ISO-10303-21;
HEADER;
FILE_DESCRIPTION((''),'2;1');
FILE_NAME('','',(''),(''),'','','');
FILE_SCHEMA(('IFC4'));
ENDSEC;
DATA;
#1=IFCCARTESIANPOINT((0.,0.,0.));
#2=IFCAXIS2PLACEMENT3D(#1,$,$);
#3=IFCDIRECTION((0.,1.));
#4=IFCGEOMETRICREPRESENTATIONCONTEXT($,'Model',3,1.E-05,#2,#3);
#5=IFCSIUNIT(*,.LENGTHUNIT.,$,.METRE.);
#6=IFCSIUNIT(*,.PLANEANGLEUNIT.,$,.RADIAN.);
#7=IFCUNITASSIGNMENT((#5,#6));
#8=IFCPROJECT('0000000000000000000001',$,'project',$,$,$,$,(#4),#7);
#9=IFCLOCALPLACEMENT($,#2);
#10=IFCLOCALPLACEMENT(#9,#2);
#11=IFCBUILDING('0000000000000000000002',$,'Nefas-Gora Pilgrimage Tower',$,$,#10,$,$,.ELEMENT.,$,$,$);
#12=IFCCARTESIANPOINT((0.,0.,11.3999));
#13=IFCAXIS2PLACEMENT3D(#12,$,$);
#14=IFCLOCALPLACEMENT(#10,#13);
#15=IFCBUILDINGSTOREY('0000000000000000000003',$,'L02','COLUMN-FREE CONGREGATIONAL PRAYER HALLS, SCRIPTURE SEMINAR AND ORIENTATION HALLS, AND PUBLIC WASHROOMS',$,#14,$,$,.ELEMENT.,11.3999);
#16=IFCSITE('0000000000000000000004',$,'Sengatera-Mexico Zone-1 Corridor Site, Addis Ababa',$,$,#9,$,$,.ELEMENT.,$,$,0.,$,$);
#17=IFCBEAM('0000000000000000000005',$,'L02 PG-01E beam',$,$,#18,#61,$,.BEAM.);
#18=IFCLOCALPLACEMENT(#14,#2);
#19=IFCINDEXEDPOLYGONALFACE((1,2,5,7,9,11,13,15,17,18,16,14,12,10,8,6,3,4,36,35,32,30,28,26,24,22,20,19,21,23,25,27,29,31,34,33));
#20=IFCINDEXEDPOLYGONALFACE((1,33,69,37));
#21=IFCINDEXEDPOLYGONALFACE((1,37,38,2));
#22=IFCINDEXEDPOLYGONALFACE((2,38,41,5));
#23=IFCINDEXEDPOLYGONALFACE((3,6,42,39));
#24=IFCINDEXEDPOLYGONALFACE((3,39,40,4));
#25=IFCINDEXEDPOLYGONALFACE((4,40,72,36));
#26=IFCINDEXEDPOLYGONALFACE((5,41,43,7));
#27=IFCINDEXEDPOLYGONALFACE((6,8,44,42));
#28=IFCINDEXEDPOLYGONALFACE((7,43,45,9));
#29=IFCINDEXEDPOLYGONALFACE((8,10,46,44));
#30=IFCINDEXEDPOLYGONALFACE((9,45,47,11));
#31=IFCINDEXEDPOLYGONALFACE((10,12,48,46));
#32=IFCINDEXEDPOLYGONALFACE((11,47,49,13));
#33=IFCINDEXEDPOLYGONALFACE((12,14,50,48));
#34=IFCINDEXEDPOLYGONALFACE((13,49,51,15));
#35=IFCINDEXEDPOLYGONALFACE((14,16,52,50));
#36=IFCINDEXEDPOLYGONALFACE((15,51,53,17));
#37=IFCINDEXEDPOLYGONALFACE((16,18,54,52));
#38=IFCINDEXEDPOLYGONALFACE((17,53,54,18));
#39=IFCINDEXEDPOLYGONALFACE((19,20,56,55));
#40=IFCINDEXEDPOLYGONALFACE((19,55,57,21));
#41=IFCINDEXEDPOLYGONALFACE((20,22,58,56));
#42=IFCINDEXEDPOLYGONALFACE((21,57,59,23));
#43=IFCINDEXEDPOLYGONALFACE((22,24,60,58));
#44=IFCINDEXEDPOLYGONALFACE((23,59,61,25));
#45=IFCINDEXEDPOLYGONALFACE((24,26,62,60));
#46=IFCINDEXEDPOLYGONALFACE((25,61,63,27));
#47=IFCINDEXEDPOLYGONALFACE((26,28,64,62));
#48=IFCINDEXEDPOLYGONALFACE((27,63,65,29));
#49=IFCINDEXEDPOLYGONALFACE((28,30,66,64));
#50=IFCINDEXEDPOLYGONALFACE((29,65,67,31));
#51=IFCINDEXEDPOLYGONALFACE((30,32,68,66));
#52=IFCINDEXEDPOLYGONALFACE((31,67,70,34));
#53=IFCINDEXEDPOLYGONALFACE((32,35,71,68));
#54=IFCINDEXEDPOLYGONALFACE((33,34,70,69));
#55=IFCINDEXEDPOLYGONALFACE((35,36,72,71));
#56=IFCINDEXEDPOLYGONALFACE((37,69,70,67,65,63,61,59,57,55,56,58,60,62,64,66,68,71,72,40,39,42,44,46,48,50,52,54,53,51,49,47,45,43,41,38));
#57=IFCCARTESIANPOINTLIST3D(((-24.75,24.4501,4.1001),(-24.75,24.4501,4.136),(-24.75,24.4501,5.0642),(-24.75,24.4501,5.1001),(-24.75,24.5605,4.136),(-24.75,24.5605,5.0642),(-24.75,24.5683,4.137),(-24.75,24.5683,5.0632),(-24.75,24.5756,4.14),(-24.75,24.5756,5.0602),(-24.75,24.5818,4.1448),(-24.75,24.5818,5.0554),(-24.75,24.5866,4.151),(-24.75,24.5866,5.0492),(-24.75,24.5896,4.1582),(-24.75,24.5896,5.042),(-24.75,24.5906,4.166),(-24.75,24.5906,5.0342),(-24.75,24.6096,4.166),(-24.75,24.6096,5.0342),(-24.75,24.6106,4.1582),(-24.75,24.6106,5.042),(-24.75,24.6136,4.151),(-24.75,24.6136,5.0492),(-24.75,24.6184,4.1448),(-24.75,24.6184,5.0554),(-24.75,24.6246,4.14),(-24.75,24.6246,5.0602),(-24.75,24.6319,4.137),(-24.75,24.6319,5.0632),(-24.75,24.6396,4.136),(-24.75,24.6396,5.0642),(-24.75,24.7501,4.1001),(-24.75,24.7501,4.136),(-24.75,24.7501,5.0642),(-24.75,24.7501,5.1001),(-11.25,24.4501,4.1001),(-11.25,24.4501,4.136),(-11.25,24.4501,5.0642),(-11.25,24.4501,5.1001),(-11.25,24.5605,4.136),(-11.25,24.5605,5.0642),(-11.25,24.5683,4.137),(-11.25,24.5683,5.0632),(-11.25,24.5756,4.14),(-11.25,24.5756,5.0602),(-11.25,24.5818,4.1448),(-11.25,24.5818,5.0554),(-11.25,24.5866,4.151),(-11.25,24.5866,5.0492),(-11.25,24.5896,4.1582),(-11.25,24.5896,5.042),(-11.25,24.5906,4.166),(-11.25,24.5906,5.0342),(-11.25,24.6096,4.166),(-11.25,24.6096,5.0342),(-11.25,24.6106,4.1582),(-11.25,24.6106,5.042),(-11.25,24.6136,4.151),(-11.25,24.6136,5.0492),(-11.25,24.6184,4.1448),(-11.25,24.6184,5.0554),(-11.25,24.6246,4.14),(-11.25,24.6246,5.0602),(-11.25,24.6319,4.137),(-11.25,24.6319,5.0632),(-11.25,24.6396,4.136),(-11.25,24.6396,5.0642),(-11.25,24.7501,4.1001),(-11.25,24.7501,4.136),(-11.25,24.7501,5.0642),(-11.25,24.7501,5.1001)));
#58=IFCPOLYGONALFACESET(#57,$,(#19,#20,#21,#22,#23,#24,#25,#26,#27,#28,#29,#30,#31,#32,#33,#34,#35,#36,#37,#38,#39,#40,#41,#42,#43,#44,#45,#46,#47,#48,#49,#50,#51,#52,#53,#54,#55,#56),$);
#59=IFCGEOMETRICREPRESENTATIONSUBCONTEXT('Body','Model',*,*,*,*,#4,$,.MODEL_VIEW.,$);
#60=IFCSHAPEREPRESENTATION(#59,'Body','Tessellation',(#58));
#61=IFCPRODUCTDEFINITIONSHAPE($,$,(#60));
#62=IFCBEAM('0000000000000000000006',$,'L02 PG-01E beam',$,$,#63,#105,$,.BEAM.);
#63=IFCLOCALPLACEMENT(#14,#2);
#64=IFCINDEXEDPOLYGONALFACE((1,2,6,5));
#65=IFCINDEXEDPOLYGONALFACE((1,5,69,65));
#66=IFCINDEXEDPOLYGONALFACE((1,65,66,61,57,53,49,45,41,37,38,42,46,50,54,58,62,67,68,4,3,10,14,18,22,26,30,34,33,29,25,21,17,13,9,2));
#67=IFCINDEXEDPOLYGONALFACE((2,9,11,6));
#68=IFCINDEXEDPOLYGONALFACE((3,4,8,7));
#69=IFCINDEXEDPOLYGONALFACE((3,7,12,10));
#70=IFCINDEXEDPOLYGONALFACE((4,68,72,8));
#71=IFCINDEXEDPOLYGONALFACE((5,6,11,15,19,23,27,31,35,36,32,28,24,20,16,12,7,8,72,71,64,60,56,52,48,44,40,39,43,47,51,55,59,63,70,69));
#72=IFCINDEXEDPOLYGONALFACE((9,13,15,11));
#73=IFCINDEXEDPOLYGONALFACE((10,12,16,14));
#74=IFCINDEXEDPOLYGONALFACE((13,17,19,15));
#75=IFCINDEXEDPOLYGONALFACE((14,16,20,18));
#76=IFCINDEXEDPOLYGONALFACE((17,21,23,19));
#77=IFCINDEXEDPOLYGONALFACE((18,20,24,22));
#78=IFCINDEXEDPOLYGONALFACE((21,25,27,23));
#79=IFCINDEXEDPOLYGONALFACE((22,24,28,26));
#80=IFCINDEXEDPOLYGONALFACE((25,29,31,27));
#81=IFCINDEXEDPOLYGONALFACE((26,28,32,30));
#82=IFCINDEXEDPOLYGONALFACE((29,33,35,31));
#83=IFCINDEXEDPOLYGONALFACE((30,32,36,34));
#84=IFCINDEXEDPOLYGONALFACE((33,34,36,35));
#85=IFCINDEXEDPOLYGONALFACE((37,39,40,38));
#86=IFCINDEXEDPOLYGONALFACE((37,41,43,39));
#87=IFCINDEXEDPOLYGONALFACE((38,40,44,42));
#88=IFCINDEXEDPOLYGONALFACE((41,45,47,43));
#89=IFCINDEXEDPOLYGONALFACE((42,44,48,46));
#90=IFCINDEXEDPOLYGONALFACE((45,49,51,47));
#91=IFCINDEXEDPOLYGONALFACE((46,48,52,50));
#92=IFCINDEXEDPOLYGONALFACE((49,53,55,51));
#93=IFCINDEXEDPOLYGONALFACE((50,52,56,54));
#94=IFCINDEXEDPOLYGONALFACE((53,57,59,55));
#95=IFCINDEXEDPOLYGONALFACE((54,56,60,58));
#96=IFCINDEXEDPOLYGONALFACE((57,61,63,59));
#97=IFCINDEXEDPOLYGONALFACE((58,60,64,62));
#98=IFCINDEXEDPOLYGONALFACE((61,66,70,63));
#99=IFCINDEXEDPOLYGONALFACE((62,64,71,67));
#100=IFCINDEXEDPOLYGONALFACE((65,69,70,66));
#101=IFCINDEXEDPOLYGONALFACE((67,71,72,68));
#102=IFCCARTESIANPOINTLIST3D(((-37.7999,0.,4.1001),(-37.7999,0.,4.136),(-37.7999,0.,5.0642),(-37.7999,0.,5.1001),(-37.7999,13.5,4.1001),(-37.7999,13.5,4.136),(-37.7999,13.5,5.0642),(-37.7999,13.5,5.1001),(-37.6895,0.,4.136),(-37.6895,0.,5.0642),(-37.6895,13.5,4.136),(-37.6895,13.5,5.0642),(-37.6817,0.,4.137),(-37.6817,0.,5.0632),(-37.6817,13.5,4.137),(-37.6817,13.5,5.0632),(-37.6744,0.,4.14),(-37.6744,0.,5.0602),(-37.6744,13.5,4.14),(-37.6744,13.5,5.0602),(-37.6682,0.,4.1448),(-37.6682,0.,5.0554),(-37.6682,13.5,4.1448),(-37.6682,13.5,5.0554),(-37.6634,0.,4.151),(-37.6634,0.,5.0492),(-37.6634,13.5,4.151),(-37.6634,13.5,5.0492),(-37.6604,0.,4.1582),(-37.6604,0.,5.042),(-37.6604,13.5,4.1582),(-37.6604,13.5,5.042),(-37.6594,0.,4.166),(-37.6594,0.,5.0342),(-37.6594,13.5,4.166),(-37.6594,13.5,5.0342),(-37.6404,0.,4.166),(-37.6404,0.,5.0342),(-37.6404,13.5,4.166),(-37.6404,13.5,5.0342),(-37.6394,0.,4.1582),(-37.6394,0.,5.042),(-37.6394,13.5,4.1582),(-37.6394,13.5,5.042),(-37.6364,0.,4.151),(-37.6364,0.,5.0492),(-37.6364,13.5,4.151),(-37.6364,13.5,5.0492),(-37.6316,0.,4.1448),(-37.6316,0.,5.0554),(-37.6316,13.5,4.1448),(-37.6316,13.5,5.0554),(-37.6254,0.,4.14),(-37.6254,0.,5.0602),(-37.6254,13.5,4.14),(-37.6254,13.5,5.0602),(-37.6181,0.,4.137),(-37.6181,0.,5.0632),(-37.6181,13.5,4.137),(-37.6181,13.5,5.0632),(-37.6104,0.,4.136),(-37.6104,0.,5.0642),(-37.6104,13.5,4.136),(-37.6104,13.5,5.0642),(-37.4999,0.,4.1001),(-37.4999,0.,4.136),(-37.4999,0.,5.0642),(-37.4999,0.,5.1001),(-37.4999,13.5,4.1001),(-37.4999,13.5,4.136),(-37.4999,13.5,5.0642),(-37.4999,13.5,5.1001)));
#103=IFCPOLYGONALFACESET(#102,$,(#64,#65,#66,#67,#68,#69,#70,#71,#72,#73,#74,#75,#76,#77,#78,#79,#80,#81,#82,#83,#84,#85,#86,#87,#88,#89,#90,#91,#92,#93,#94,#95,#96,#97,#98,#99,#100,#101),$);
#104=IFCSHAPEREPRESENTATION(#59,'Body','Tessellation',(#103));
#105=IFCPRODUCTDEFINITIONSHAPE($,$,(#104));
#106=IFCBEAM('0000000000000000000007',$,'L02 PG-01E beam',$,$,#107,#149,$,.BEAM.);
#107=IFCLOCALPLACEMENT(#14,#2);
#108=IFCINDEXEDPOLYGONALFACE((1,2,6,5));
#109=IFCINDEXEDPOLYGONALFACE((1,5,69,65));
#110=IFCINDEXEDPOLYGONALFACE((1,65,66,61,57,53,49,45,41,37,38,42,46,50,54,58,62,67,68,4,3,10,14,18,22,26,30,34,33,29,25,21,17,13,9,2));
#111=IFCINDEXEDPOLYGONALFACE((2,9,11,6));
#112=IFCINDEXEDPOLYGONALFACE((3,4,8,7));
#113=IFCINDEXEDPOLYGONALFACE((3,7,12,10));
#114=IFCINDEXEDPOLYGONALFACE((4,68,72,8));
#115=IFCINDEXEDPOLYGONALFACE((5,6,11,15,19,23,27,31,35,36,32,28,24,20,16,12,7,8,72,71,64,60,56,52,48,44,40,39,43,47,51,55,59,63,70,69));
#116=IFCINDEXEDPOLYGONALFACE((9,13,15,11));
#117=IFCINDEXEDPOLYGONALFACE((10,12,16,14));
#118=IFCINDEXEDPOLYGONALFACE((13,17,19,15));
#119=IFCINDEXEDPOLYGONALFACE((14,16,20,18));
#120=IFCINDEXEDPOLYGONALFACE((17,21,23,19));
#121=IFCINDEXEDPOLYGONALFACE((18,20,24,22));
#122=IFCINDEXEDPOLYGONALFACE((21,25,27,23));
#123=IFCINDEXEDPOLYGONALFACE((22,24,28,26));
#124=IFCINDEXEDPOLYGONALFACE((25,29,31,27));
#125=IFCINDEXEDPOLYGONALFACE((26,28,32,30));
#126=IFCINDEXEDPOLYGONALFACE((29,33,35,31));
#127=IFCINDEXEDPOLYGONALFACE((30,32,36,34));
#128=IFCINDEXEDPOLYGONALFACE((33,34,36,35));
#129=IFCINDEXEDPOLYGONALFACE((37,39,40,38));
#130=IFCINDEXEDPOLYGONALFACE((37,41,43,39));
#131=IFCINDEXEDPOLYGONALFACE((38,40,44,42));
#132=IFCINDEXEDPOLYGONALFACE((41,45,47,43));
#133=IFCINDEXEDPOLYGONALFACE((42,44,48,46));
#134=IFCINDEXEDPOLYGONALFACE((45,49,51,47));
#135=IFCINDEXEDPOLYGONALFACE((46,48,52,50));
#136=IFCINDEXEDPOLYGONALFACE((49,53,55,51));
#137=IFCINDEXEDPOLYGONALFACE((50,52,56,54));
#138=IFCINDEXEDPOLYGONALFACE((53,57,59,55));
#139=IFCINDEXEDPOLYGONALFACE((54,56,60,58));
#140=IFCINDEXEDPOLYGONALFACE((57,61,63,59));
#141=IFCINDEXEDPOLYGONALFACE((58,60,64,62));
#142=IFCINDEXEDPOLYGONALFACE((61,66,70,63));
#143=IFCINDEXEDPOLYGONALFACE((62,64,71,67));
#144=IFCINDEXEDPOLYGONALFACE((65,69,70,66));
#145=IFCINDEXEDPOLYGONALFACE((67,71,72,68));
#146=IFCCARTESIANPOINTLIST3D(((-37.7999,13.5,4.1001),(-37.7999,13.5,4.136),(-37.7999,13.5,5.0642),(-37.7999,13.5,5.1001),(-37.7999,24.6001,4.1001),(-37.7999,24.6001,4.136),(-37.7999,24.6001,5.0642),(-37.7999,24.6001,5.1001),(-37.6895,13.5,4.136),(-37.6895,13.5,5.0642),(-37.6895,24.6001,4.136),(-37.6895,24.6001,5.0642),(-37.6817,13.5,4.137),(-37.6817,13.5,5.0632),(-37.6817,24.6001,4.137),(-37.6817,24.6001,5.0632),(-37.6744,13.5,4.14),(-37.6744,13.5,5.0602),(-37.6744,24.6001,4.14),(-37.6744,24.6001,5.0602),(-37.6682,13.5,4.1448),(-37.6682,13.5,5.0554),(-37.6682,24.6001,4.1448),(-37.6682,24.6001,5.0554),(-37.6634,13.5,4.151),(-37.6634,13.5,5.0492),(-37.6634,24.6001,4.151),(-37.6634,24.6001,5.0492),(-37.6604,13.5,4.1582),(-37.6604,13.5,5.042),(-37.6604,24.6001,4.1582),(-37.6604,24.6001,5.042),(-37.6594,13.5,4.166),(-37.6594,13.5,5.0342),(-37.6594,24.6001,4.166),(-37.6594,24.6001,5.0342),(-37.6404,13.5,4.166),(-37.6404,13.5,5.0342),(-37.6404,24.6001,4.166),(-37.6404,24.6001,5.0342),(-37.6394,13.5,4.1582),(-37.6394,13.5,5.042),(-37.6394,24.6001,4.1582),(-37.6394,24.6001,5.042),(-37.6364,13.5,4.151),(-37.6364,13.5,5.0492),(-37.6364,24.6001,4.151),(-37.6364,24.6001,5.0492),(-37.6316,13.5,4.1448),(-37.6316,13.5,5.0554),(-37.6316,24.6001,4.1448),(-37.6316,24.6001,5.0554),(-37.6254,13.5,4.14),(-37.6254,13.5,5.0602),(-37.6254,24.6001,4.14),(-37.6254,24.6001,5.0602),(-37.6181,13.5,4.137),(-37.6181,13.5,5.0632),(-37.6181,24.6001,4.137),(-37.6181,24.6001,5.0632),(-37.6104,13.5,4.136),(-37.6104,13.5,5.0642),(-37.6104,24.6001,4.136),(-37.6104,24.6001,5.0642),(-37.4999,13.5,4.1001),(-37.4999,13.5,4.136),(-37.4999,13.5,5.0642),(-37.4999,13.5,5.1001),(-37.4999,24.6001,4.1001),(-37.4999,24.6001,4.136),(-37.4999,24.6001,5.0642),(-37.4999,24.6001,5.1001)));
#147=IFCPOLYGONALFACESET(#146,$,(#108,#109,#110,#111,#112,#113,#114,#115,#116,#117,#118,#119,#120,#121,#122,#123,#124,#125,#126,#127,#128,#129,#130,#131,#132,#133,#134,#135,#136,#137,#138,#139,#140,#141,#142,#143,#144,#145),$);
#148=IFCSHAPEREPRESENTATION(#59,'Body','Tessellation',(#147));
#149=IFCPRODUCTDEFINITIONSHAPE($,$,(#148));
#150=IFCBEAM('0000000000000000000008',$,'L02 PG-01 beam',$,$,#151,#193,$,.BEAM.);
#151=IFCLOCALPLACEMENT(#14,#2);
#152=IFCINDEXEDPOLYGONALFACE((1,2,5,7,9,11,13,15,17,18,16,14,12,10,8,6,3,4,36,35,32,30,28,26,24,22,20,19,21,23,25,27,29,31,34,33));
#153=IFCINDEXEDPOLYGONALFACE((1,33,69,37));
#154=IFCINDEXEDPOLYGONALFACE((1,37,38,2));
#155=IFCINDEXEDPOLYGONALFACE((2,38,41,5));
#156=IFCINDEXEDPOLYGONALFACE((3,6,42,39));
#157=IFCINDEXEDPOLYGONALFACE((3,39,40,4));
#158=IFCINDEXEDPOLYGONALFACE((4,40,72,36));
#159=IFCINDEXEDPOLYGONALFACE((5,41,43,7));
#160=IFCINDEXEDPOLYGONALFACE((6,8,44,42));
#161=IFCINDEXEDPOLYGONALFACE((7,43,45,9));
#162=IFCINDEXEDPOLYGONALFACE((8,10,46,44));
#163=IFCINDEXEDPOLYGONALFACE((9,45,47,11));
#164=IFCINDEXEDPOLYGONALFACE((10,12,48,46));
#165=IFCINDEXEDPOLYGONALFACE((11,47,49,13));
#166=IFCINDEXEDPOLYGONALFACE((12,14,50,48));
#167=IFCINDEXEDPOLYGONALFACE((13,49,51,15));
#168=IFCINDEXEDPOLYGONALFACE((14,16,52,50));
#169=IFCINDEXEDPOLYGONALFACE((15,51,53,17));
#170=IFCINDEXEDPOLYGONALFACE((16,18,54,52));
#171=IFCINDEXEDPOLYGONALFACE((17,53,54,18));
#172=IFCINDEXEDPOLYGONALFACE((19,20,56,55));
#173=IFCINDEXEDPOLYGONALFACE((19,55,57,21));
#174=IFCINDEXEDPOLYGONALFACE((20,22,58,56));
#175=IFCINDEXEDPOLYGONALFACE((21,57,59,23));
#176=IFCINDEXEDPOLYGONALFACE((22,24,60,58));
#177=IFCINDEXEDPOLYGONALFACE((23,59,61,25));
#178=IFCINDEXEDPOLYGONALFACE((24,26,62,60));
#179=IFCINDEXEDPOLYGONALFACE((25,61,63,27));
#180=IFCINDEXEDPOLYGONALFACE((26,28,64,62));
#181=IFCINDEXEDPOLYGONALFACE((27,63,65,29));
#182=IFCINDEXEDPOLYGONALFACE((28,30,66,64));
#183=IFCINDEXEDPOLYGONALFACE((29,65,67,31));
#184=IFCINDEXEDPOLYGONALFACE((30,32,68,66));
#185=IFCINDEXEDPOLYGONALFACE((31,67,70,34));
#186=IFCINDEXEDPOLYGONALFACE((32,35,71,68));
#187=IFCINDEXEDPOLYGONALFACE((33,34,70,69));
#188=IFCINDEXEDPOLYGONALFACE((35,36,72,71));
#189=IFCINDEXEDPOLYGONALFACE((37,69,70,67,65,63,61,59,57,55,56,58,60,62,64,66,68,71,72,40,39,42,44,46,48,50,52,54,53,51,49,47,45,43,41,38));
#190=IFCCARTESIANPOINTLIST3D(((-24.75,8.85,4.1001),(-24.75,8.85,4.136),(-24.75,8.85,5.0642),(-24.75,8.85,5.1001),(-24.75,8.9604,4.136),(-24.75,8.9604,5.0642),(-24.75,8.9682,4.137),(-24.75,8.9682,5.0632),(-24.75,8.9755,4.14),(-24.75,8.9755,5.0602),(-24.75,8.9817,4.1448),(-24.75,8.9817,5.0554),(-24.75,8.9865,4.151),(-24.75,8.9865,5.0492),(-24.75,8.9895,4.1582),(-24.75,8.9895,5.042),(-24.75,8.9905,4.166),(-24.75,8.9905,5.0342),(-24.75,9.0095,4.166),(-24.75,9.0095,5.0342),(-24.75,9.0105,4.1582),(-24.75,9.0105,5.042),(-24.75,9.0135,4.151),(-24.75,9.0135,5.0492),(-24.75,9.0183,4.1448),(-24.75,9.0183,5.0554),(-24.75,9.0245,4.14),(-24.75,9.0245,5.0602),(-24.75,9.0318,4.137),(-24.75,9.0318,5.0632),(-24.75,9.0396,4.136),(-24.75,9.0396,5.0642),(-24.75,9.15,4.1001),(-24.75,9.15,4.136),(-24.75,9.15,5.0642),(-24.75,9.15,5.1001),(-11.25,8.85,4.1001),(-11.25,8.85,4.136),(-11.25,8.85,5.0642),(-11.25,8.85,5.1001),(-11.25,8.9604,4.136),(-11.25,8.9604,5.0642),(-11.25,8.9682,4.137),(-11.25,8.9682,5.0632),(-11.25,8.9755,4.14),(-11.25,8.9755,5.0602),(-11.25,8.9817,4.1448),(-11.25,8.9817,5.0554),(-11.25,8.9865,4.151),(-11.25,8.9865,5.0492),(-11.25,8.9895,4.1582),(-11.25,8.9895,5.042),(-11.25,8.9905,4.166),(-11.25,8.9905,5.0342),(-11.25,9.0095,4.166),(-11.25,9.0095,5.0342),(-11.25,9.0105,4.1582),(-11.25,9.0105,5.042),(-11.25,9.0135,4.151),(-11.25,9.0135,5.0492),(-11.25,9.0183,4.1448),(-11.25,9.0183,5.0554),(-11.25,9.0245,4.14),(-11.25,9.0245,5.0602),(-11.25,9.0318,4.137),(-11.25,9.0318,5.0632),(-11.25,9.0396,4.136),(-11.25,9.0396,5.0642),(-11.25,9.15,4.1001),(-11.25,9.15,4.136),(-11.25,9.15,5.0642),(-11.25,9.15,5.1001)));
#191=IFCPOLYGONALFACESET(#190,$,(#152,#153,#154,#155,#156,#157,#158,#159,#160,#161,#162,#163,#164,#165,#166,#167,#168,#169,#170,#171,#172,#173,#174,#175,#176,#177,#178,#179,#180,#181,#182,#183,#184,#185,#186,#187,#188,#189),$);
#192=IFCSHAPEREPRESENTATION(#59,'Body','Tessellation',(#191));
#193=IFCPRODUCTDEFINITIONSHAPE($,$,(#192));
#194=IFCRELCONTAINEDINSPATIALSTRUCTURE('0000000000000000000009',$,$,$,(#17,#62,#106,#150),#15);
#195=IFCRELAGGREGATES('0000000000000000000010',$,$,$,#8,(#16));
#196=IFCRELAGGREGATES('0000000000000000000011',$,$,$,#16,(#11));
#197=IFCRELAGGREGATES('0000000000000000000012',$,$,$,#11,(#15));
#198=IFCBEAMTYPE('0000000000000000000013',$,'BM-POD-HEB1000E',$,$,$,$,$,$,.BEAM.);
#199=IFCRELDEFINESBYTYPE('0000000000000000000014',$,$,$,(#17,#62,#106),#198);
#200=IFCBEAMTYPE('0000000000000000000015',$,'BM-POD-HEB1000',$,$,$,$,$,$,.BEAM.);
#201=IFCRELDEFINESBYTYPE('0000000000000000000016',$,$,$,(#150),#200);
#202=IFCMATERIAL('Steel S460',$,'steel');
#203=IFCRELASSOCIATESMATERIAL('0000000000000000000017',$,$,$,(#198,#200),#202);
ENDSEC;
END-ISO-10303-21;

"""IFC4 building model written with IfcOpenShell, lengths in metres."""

from ifc_helpers import new_model, si_unit, direction, frame, origin, origin_2d, place, context, subcontext, project, spatial, i_section, extrude, source, transform, mapped, material, material_profile, profile_set, type_object, element, save


model = new_model("IFC4")

# Units and contexts
model_context = context("Model", 3, precision=1e-05, world=origin(), true_north=direction((0.0, 1.0)))
body_context = subcontext(model_context, "Body", "Model", "MODEL_VIEW")
ifc_project = project(units=[si_unit("LENGTHUNIT", "METRE"), si_unit("PLANEANGLEUNIT", "RADIAN")], contexts=[model_context])

# Site, building, storey
site_placement = place(None, origin())
site = spatial("IfcSite", under=ifc_project, at=site_placement, Name="Sengatera-Mexico Zone-1 Corridor Site, Addis Ababa", CompositionType="ELEMENT", RefElevation=0.0)
building_placement = place(site_placement, origin())
building = spatial("IfcBuilding", under=site, at=building_placement, Name="Nefas-Gora Pilgrimage Tower", CompositionType="ELEMENT")
storey_placement = place(building_placement, frame((0.0, 0.0, 11.3999)))
storey = spatial("IfcBuildingStorey", under=building, at=storey_placement, Name="L02", Description="COLUMN-FREE CONGREGATIONAL PRAYER HALLS, SCRIPTURE SEMINAR AND ORIENTATION HALLS, AND PUBLIC WASHROOMS", CompositionType="ELEMENT", Elevation=11.3999)

# Shared definitions
ifc_material_1 = material(Name="Steel S460", Category="steel")

# Beams
ifc_material_profile_1 = material_profile(ifc_material_1, i_section(OverallWidth=0.3, OverallDepth=1.0, WebThickness=0.019, FlangeThickness=0.0359, FilletRadius=0.03, at=origin_2d()), Name="HEB 1000")
ifc_profile_set_1 = profile_set([ifc_material_profile_1], Name="Steel S460")
beam_type_1 = type_object("IfcBeamType", Name="BM-POD-HEB1000E", PredefinedType="BEAM", material=ifc_profile_set_1)
shared_shape_1 = source(origin(), body_context, "Body", "SweptSolid", [
    extrude(i_section(OverallWidth=0.3, OverallDepth=1.0, WebThickness=0.019, FlangeThickness=0.0359, FilletRadius=0.03, at=origin_2d()), origin(), (0.0, 0.0, 1.0), 13.5),
])
for number, where, z_axis, x_axis, name in (
    (1, (-24.75, 24.6001, 4.6001), (1.0, 0.0, 0.0), (0.0, 1.0, 0.0), "L02 PG-01E beam"),
    (2, (-37.6499, 0.0, 4.6001), (0.0, 1.0, 0.0), (-1.0, 0.0, 0.0), "L02 PG-01E beam"),
):
    element("IfcBeam", number, at=place(storey_placement, frame(where, z_axis=z_axis, x_axis=x_axis)), inside=storey, type_object=beam_type_1, Name=name, PredefinedType="BEAM", context=body_context, shape_type="MappedRepresentation", body=[
        mapped(shared_shape_1, transform((0.0, 0.0, 0.0), x_axis=(1.0, 0.0, 0.0), y_axis=(0.0, 1.0, 0.0), z_axis=(0.0, 0.0, 1.0), scale=1.0)),
    ])
shared_shape_2 = source(origin(), body_context, "Body", "SweptSolid", [
    extrude(i_section(OverallWidth=0.3, OverallDepth=1.0, WebThickness=0.019, FlangeThickness=0.0359, FilletRadius=0.03, at=origin_2d()), origin(), (0.0, 0.0, 1.0), 11.1001),
])
beam_1_placement = place(storey_placement, frame((-37.6499, 13.5, 4.6001), z_axis=(0.0, 1.0, 0.0), x_axis=(-1.0, 0.0, 0.0)))
element("IfcBeam", 3, at=beam_1_placement, inside=storey, type_object=beam_type_1, Name="L02 PG-01E beam", PredefinedType="BEAM", context=body_context, shape_type="MappedRepresentation", body=[
    mapped(shared_shape_2, transform((0.0, 0.0, 0.0), x_axis=(1.0, 0.0, 0.0), y_axis=(0.0, 1.0, 0.0), z_axis=(0.0, 0.0, 1.0), scale=1.0)),
])
ifc_material_profile_2 = material_profile(ifc_material_1, i_section(OverallWidth=0.3, OverallDepth=1.0, WebThickness=0.019, FlangeThickness=0.0359, FilletRadius=0.03, at=origin_2d()), Name="HEB 1000")
ifc_profile_set_2 = profile_set([ifc_material_profile_2], Name="Steel S460")
beam_type_2 = type_object("IfcBeamType", Name="BM-POD-HEB1000", PredefinedType="BEAM", material=ifc_profile_set_2)
shared_shape_3 = source(origin(), body_context, "Body", "SweptSolid", [
    extrude(i_section(OverallWidth=0.3, OverallDepth=1.0, WebThickness=0.019, FlangeThickness=0.0359, FilletRadius=0.03, at=origin_2d()), origin(), (0.0, 0.0, 1.0), 13.5),
])
beam_2_placement = place(storey_placement, frame((-24.75, 9.0, 4.6001), z_axis=(1.0, 0.0, 0.0), x_axis=(0.0, 1.0, 0.0)))
element("IfcBeam", 4, at=beam_2_placement, inside=storey, type_object=beam_type_2, Name="L02 PG-01 beam", PredefinedType="BEAM", context=body_context, shape_type="MappedRepresentation", body=[
    mapped(shared_shape_3, transform((0.0, 0.0, 0.0), x_axis=(1.0, 0.0, 0.0), y_axis=(0.0, 1.0, 0.0), z_axis=(0.0, 0.0, 1.0), scale=1.0)),
])

save(model, "model.ifc")
